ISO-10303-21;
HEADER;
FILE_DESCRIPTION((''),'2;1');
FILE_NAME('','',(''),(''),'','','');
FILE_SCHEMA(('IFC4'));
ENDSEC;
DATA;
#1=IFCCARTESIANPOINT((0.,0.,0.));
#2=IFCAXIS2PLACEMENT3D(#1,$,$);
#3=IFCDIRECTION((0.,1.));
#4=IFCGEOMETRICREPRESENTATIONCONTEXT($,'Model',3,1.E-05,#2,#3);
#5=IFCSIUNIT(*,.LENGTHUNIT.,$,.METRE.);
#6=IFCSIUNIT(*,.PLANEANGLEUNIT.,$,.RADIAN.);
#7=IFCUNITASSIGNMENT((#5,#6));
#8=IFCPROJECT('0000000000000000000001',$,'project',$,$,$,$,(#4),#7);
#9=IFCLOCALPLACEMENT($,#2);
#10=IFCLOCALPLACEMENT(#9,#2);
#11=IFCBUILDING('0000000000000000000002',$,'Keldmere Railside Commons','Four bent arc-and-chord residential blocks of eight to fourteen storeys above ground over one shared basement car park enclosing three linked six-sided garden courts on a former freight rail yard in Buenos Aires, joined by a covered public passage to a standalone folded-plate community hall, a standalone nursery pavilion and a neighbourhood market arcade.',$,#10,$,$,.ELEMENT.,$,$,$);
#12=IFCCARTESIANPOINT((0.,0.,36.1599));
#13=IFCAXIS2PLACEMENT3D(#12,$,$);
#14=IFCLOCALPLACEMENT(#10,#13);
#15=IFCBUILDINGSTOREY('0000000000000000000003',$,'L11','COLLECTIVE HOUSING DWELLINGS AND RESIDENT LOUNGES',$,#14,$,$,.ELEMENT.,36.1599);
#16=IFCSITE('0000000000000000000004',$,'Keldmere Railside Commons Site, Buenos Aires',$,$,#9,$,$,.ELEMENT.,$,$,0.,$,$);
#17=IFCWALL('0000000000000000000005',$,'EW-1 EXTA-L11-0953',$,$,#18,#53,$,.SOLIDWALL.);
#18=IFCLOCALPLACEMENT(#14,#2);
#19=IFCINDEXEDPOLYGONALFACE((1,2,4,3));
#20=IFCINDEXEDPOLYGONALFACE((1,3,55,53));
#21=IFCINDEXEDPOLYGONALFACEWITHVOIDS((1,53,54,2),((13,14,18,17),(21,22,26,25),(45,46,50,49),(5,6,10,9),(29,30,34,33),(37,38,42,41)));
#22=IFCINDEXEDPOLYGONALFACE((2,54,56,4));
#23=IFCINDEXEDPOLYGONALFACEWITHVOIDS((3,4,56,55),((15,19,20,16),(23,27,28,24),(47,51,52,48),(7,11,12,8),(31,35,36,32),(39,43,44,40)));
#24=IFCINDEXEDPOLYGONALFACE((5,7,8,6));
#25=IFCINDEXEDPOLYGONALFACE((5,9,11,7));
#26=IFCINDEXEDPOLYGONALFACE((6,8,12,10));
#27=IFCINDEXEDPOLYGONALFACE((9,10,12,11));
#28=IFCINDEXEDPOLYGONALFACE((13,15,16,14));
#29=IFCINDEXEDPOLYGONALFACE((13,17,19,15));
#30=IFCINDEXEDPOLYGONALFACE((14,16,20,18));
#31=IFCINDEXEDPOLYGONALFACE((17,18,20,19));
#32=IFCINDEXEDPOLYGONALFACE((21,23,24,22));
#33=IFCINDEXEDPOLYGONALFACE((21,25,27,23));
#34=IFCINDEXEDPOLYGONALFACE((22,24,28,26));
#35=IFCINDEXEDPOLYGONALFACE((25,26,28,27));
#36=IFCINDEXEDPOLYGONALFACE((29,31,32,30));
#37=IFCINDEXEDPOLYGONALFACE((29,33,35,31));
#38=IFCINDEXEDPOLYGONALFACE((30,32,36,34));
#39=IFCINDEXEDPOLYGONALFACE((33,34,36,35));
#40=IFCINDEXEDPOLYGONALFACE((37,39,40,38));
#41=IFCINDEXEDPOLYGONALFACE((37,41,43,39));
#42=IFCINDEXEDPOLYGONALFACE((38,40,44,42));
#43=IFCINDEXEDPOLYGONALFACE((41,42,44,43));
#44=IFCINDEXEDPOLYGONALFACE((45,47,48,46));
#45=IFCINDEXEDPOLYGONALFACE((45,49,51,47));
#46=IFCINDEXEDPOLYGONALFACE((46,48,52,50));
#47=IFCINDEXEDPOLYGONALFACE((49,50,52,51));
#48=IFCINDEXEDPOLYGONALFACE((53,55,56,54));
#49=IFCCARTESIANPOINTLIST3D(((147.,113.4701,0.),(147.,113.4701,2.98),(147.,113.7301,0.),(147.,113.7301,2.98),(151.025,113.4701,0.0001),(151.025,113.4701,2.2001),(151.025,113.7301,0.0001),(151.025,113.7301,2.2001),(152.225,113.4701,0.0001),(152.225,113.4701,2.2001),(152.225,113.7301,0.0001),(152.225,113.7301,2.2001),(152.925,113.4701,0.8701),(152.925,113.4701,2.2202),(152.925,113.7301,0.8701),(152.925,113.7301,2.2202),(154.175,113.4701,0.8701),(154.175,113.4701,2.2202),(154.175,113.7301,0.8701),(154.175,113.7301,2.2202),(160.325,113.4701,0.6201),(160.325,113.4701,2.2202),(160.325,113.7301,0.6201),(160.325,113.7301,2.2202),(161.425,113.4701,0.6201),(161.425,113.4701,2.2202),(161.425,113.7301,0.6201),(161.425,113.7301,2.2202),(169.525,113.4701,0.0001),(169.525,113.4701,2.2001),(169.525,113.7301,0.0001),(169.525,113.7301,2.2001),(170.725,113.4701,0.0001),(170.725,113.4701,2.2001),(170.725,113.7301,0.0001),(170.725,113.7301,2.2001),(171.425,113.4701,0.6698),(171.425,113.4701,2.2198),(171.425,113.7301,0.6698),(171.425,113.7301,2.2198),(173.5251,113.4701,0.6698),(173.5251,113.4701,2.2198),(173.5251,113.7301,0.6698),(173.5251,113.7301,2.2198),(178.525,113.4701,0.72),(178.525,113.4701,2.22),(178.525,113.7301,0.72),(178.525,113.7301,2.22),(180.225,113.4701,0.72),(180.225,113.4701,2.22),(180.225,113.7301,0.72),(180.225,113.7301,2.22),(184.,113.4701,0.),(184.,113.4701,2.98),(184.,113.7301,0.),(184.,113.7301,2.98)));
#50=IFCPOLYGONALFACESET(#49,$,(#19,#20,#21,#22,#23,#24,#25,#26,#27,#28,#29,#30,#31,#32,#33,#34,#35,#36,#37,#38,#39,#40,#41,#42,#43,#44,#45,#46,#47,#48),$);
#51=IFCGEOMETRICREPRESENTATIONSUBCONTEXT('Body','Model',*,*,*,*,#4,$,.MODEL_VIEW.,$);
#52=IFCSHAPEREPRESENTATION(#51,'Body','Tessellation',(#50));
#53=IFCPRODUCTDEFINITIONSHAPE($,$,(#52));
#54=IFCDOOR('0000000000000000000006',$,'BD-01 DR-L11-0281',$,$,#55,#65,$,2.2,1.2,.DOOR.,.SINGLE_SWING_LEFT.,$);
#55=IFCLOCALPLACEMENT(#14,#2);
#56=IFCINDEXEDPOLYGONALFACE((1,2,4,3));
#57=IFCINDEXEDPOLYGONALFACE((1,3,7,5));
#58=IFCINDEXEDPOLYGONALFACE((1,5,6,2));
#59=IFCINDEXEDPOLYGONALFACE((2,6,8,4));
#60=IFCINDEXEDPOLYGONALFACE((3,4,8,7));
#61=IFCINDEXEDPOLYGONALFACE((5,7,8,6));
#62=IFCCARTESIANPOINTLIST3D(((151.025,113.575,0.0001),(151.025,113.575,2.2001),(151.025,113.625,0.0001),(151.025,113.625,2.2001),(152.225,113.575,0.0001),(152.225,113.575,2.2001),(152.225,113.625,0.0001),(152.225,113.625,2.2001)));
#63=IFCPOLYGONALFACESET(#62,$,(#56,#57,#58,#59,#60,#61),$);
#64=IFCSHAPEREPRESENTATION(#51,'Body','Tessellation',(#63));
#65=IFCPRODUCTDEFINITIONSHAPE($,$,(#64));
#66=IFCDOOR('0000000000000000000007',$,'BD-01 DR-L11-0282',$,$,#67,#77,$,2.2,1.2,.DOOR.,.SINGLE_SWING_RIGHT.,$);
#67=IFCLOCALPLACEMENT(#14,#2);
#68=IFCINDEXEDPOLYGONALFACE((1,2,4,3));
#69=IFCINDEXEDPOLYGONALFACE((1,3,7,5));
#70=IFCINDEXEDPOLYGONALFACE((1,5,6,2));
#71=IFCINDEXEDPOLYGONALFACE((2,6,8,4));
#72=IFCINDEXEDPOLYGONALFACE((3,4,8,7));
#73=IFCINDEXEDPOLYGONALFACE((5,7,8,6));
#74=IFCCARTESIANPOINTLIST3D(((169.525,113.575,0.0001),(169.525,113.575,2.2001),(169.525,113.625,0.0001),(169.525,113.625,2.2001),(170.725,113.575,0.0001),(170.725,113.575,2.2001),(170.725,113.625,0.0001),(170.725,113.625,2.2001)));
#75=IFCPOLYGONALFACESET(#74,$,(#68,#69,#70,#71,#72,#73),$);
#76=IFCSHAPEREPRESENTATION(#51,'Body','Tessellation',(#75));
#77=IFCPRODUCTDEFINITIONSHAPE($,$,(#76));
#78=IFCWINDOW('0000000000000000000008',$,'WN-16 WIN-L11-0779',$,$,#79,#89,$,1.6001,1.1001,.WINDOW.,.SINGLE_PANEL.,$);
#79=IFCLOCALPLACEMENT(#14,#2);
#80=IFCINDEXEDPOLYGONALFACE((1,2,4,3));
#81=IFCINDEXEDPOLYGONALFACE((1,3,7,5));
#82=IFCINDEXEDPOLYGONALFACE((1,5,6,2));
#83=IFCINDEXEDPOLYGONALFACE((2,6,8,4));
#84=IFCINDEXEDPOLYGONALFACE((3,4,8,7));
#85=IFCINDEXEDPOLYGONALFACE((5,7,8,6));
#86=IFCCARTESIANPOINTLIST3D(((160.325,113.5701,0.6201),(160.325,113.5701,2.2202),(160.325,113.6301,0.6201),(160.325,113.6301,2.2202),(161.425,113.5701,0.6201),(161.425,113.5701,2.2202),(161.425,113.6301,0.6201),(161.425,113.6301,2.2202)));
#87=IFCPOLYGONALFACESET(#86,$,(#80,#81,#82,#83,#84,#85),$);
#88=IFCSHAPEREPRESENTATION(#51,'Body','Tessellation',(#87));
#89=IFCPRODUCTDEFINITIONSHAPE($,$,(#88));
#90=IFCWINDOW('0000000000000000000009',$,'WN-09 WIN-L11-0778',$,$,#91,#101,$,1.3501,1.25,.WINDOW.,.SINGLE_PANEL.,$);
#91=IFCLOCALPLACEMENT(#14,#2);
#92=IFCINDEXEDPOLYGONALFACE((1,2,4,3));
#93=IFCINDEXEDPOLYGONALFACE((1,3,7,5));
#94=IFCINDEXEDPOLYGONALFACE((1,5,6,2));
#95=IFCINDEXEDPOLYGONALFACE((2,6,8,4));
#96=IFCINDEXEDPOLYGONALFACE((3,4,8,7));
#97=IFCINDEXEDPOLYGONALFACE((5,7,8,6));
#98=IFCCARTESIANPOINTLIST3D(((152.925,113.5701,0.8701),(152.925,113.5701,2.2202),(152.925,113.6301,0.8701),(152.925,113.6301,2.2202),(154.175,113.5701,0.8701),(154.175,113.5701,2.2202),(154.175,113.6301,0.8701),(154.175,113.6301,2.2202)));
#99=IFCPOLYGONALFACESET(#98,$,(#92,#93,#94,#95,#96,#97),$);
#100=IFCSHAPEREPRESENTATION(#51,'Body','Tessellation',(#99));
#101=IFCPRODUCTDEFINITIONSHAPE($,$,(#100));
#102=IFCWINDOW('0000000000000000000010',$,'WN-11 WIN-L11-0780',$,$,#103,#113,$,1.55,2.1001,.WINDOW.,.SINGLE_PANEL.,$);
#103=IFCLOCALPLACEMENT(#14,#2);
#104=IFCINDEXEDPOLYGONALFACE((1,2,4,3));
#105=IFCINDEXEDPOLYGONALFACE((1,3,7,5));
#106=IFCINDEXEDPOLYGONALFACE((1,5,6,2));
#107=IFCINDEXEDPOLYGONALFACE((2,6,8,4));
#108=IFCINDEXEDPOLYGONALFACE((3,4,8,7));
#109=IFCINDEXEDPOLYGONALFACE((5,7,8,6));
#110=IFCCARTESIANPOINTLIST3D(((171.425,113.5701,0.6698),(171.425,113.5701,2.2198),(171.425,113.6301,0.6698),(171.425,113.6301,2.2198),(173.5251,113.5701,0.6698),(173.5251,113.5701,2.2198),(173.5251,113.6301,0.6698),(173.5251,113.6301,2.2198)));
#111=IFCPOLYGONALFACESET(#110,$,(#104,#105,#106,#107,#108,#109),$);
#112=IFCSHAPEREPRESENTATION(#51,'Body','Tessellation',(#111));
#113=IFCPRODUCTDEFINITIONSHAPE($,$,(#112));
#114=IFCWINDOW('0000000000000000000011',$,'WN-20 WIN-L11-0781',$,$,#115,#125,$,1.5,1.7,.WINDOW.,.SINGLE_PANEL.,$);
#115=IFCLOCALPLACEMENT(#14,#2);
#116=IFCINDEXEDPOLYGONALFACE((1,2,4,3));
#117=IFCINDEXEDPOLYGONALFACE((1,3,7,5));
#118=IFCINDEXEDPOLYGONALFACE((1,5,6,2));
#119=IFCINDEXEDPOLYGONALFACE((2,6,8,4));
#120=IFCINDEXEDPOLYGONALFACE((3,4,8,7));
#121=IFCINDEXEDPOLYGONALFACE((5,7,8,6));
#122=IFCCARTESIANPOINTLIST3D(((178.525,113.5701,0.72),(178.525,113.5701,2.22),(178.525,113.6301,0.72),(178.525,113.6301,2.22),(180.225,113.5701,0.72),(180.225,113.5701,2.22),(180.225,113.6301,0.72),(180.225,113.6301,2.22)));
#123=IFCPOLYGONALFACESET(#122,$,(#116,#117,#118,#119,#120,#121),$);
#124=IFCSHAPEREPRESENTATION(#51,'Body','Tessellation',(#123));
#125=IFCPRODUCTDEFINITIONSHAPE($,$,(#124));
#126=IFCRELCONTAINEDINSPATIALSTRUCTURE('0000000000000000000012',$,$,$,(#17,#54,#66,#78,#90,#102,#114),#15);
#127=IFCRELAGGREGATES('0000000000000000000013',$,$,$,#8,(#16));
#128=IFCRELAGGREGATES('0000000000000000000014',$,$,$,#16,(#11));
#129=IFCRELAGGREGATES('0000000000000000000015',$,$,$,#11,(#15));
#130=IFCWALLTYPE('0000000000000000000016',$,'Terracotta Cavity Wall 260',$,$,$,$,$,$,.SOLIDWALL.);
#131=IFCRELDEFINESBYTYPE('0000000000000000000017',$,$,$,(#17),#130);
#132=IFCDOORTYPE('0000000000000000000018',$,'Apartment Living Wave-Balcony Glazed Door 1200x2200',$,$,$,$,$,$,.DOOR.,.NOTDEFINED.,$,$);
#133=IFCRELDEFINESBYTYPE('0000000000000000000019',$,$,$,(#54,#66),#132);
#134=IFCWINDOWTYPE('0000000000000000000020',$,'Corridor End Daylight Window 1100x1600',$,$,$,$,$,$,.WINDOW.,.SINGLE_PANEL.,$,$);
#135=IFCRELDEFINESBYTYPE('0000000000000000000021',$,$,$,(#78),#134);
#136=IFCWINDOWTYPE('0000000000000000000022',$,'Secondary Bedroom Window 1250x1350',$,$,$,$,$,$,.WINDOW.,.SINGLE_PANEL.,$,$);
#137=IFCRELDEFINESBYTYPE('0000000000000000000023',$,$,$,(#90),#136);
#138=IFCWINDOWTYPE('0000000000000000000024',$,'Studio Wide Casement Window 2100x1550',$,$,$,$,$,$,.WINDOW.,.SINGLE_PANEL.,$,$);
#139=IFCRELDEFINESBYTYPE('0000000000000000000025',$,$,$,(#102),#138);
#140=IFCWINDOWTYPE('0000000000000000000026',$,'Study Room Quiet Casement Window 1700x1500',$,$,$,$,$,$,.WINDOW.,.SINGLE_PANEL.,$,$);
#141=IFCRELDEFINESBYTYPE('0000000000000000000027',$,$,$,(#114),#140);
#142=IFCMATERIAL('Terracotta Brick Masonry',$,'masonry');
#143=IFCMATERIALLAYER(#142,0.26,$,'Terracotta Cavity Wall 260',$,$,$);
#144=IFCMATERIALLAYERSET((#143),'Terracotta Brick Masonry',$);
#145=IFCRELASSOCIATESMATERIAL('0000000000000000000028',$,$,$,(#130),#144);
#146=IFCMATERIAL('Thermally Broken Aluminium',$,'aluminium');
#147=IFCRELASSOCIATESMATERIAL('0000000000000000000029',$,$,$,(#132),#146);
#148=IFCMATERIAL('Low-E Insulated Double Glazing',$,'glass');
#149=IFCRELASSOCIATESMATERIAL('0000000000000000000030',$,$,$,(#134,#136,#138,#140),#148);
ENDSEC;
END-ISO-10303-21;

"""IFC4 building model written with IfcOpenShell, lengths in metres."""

from ifc_helpers import new_model, si_unit, direction, frame, frame_2d, origin, place, context, subcontext, project, spatial, rectangle, extrude, material, layer, layer_set, type_object, element, fill, save


model = new_model("IFC4")

# Units and contexts
model_context = context("Model", 3, precision=1e-05, world=origin(), true_north=direction((0.0, 1.0)))
body_context = subcontext(model_context, "Body", "Model", "MODEL_VIEW")
ifc_project = project(units=[si_unit("LENGTHUNIT", "METRE"), si_unit("PLANEANGLEUNIT", "RADIAN")], contexts=[model_context])

# Site, building, storey
site_placement = place(None, origin())
site = spatial("IfcSite", under=ifc_project, at=site_placement, Name="Keldmere Railside Commons Site, Buenos Aires", CompositionType="ELEMENT", RefElevation=0.0)
building_placement = place(site_placement, origin())
building = spatial("IfcBuilding", under=site, at=building_placement, Name="Keldmere Railside Commons", Description="Four bent arc-and-chord residential blocks of eight to fourteen storeys above ground over one shared basement car park enclosing three linked six-sided garden courts on a former freight rail yard in Buenos Aires, joined by a covered public passage to a standalone folded-plate community hall, a standalone nursery pavilion and a neighbourhood market arcade.", CompositionType="ELEMENT")
storey_placement = place(building_placement, frame((0.0, 0.0, 36.1599)))
storey = spatial("IfcBuildingStorey", under=building, at=storey_placement, Name="L11", Description="COLLECTIVE HOUSING DWELLINGS AND RESIDENT LOUNGES", CompositionType="ELEMENT", Elevation=36.1599)

# Wall, openings, doors, windows
ifc_material_1 = material(Name="Terracotta Brick Masonry", Category="masonry")
ifc_layer_1 = layer(ifc_material_1, 0.26, Name="Terracotta Cavity Wall 260")
ifc_layer_set_1 = layer_set([ifc_layer_1], Name="Terracotta Brick Masonry")
wall_type_1 = type_object("IfcWallType", Name="Terracotta Cavity Wall 260", PredefinedType="SOLIDWALL", material=ifc_layer_set_1)
wall_1_placement = place(storey_placement, frame((147.0, 113.6001, 0.0), z_axis=(0.0, 0.0, 1.0), x_axis=(1.0, 0.0, 0.0)))
wall_1 = element("IfcWall", 1, at=wall_1_placement, inside=storey, type_object=wall_type_1, Name="EW-1 EXTA-L11-0953", PredefinedType="SOLIDWALL", context=body_context, shape_type="SweptSolid", body=[
    extrude(rectangle(XDim=37.0, YDim=0.26, at=frame_2d((18.5, 0.0))), origin(), (0.0, 0.0, 1.0), 2.98),
])
opening_1_placement = place(wall_1_placement, frame((4.0249, 0.0, 0.0)))
opening_1 = element("IfcOpeningElement", 2, at=opening_1_placement, cuts=wall_1, PredefinedType="OPENING", context=body_context, shape_type="SweptSolid", body=[
    extrude(rectangle(XDim=1.2, YDim=2.2, at=frame_2d((0.6001, 1.1001))), frame((0.0, 0.1399, 0.0), z_axis=(0.0, -1.0, 0.0), x_axis=(1.0, 0.0, 0.0)), (0.0, 0.0, 1.0), 0.28),
])
opening_2_placement = place(wall_1_placement, frame((5.925, 0.0, 0.8701)))
opening_2 = element("IfcOpeningElement", 3, at=opening_2_placement, cuts=wall_1, PredefinedType="OPENING", context=body_context, shape_type="SweptSolid", body=[
    extrude(rectangle(XDim=1.25, YDim=1.3501, at=frame_2d((0.625, 0.675))), frame((0.0, 0.1399, 0.0), z_axis=(0.0, -1.0, 0.0), x_axis=(1.0, 0.0, 0.0)), (0.0, 0.0, 1.0), 0.28),
])
opening_3_placement = place(wall_1_placement, frame((13.325, 0.0, 0.6201)))
opening_3 = element("IfcOpeningElement", 4, at=opening_3_placement, cuts=wall_1, PredefinedType="OPENING", context=body_context, shape_type="SweptSolid", body=[
    extrude(rectangle(XDim=1.1001, YDim=1.6001, at=frame_2d((0.55, 0.8))), frame((0.0, 0.1399, 0.0), z_axis=(0.0, -1.0, 0.0), x_axis=(1.0, 0.0, 0.0)), (0.0, 0.0, 1.0), 0.28),
])
opening_4_placement = place(wall_1_placement, frame((22.5249, 0.0, 0.0)))
opening_4 = element("IfcOpeningElement", 5, at=opening_4_placement, cuts=wall_1, PredefinedType="OPENING", context=body_context, shape_type="SweptSolid", body=[
    extrude(rectangle(XDim=1.2, YDim=2.2, at=frame_2d((0.6001, 1.1001))), frame((0.0, 0.1399, 0.0), z_axis=(0.0, -1.0, 0.0), x_axis=(1.0, 0.0, 0.0)), (0.0, 0.0, 1.0), 0.28),
])
opening_5_placement = place(wall_1_placement, frame((24.425, 0.0, 0.6699)))
opening_5 = element("IfcOpeningElement", 6, at=opening_5_placement, cuts=wall_1, PredefinedType="OPENING", context=body_context, shape_type="SweptSolid", body=[
    extrude(rectangle(XDim=2.1001, YDim=1.55, at=frame_2d((1.05, 0.7749))), frame((0.0, 0.1399, 0.0), z_axis=(0.0, -1.0, 0.0), x_axis=(1.0, 0.0, 0.0)), (0.0, 0.0, 1.0), 0.28),
])
opening_6_placement = place(wall_1_placement, frame((31.5249, 0.0, 0.72)))
opening_6 = element("IfcOpeningElement", 7, at=opening_6_placement, cuts=wall_1, PredefinedType="OPENING", context=body_context, shape_type="SweptSolid", body=[
    extrude(rectangle(XDim=1.7, YDim=1.5, at=frame_2d((0.8501, 0.75))), frame((0.0, 0.1399, 0.0), z_axis=(0.0, -1.0, 0.0), x_axis=(1.0, 0.0, 0.0)), (0.0, 0.0, 1.0), 0.28),
])
ifc_material_2 = material(Name="Thermally Broken Aluminium", Category="aluminium")
door_type_1 = type_object("IfcDoorType", Name="Apartment Living Wave-Balcony Glazed Door 1200x2200", OperationType="NOTDEFINED", PredefinedType="DOOR", material=ifc_material_2)
door_1_placement = place(opening_1_placement, origin())
door_1 = element("IfcDoor", 8, at=door_1_placement, inside=storey, type_object=door_type_1, Name="BD-01 DR-L11-0281", OperationType="SINGLE_SWING_LEFT", OverallHeight=2.2, OverallWidth=1.2, PredefinedType="DOOR", context=body_context, shape_type="SweptSolid", body=[
    extrude(rectangle(XDim=1.2, YDim=2.2, at=frame_2d((0.6001, 1.1001))), frame((0.0, 0.0249, 0.0), z_axis=(0.0, -1.0, 0.0), x_axis=(1.0, 0.0, 0.0)), (0.0, 0.0, 1.0), 0.05),
])
fill(opening_1, door_1)
door_2_placement = place(opening_4_placement, origin())
door_2 = element("IfcDoor", 9, at=door_2_placement, inside=storey, type_object=door_type_1, Name="BD-01 DR-L11-0282", OperationType="SINGLE_SWING_RIGHT", OverallHeight=2.2, OverallWidth=1.2, PredefinedType="DOOR", context=body_context, shape_type="SweptSolid", body=[
    extrude(rectangle(XDim=1.2, YDim=2.2, at=frame_2d((0.6001, 1.1001))), frame((0.0, 0.0249, 0.0), z_axis=(0.0, -1.0, 0.0), x_axis=(1.0, 0.0, 0.0)), (0.0, 0.0, 1.0), 0.05),
])
fill(opening_4, door_2)
ifc_material_3 = material(Name="Low-E Insulated Double Glazing", Category="glass")
window_type_1 = type_object("IfcWindowType", Name="Corridor End Daylight Window 1100x1600", PartitioningType="SINGLE_PANEL", PredefinedType="WINDOW", material=ifc_material_3)
window_1_placement = place(opening_3_placement, origin())
window_1 = element("IfcWindow", 10, at=window_1_placement, inside=storey, type_object=window_type_1, Name="WN-16 WIN-L11-0779", OverallHeight=1.6001, OverallWidth=1.1001, PartitioningType="SINGLE_PANEL", PredefinedType="WINDOW", context=body_context, shape_type="SweptSolid", body=[
    extrude(rectangle(XDim=1.1001, YDim=1.6001, at=frame_2d((0.55, 0.8))), frame((0.0, 0.03, 0.0), z_axis=(0.0, -1.0, 0.0), x_axis=(1.0, 0.0, 0.0)), (0.0, 0.0, 1.0), 0.0601),
])
fill(opening_3, window_1)
window_type_2 = type_object("IfcWindowType", Name="Secondary Bedroom Window 1250x1350", PartitioningType="SINGLE_PANEL", PredefinedType="WINDOW", material=ifc_material_3)
window_2_placement = place(opening_2_placement, origin())
window_2 = element("IfcWindow", 11, at=window_2_placement, inside=storey, type_object=window_type_2, Name="WN-09 WIN-L11-0778", OverallHeight=1.3501, OverallWidth=1.25, PartitioningType="SINGLE_PANEL", PredefinedType="WINDOW", context=body_context, shape_type="SweptSolid", body=[
    extrude(rectangle(XDim=1.25, YDim=1.3501, at=frame_2d((0.625, 0.675))), frame((0.0, 0.03, 0.0), z_axis=(0.0, -1.0, 0.0), x_axis=(1.0, 0.0, 0.0)), (0.0, 0.0, 1.0), 0.0601),
])
fill(opening_2, window_2)
window_type_3 = type_object("IfcWindowType", Name="Studio Wide Casement Window 2100x1550", PartitioningType="SINGLE_PANEL", PredefinedType="WINDOW", material=ifc_material_3)
window_3_placement = place(opening_5_placement, origin())
window_3 = element("IfcWindow", 12, at=window_3_placement, inside=storey, type_object=window_type_3, Name="WN-11 WIN-L11-0780", OverallHeight=1.55, OverallWidth=2.1001, PartitioningType="SINGLE_PANEL", PredefinedType="WINDOW", context=body_context, shape_type="SweptSolid", body=[
    extrude(rectangle(XDim=2.1001, YDim=1.55, at=frame_2d((1.05, 0.7749))), frame((0.0, 0.03, 0.0), z_axis=(0.0, -1.0, 0.0), x_axis=(1.0, 0.0, 0.0)), (0.0, 0.0, 1.0), 0.0601),
])
fill(opening_5, window_3)
window_type_4 = type_object("IfcWindowType", Name="Study Room Quiet Casement Window 1700x1500", PartitioningType="SINGLE_PANEL", PredefinedType="WINDOW", material=ifc_material_3)
window_4_placement = place(opening_6_placement, origin())
window_4 = element("IfcWindow", 13, at=window_4_placement, inside=storey, type_object=window_type_4, Name="WN-20 WIN-L11-0781", OverallHeight=1.5, OverallWidth=1.7, PartitioningType="SINGLE_PANEL", PredefinedType="WINDOW", context=body_context, shape_type="SweptSolid", body=[
    extrude(rectangle(XDim=1.7, YDim=1.5, at=frame_2d((0.8501, 0.75))), frame((0.0, 0.03, 0.0), z_axis=(0.0, -1.0, 0.0), x_axis=(1.0, 0.0, 0.0)), (0.0, 0.0, 1.0), 0.0601),
])
fill(opening_6, window_4)

save(model, "model.ifc")
